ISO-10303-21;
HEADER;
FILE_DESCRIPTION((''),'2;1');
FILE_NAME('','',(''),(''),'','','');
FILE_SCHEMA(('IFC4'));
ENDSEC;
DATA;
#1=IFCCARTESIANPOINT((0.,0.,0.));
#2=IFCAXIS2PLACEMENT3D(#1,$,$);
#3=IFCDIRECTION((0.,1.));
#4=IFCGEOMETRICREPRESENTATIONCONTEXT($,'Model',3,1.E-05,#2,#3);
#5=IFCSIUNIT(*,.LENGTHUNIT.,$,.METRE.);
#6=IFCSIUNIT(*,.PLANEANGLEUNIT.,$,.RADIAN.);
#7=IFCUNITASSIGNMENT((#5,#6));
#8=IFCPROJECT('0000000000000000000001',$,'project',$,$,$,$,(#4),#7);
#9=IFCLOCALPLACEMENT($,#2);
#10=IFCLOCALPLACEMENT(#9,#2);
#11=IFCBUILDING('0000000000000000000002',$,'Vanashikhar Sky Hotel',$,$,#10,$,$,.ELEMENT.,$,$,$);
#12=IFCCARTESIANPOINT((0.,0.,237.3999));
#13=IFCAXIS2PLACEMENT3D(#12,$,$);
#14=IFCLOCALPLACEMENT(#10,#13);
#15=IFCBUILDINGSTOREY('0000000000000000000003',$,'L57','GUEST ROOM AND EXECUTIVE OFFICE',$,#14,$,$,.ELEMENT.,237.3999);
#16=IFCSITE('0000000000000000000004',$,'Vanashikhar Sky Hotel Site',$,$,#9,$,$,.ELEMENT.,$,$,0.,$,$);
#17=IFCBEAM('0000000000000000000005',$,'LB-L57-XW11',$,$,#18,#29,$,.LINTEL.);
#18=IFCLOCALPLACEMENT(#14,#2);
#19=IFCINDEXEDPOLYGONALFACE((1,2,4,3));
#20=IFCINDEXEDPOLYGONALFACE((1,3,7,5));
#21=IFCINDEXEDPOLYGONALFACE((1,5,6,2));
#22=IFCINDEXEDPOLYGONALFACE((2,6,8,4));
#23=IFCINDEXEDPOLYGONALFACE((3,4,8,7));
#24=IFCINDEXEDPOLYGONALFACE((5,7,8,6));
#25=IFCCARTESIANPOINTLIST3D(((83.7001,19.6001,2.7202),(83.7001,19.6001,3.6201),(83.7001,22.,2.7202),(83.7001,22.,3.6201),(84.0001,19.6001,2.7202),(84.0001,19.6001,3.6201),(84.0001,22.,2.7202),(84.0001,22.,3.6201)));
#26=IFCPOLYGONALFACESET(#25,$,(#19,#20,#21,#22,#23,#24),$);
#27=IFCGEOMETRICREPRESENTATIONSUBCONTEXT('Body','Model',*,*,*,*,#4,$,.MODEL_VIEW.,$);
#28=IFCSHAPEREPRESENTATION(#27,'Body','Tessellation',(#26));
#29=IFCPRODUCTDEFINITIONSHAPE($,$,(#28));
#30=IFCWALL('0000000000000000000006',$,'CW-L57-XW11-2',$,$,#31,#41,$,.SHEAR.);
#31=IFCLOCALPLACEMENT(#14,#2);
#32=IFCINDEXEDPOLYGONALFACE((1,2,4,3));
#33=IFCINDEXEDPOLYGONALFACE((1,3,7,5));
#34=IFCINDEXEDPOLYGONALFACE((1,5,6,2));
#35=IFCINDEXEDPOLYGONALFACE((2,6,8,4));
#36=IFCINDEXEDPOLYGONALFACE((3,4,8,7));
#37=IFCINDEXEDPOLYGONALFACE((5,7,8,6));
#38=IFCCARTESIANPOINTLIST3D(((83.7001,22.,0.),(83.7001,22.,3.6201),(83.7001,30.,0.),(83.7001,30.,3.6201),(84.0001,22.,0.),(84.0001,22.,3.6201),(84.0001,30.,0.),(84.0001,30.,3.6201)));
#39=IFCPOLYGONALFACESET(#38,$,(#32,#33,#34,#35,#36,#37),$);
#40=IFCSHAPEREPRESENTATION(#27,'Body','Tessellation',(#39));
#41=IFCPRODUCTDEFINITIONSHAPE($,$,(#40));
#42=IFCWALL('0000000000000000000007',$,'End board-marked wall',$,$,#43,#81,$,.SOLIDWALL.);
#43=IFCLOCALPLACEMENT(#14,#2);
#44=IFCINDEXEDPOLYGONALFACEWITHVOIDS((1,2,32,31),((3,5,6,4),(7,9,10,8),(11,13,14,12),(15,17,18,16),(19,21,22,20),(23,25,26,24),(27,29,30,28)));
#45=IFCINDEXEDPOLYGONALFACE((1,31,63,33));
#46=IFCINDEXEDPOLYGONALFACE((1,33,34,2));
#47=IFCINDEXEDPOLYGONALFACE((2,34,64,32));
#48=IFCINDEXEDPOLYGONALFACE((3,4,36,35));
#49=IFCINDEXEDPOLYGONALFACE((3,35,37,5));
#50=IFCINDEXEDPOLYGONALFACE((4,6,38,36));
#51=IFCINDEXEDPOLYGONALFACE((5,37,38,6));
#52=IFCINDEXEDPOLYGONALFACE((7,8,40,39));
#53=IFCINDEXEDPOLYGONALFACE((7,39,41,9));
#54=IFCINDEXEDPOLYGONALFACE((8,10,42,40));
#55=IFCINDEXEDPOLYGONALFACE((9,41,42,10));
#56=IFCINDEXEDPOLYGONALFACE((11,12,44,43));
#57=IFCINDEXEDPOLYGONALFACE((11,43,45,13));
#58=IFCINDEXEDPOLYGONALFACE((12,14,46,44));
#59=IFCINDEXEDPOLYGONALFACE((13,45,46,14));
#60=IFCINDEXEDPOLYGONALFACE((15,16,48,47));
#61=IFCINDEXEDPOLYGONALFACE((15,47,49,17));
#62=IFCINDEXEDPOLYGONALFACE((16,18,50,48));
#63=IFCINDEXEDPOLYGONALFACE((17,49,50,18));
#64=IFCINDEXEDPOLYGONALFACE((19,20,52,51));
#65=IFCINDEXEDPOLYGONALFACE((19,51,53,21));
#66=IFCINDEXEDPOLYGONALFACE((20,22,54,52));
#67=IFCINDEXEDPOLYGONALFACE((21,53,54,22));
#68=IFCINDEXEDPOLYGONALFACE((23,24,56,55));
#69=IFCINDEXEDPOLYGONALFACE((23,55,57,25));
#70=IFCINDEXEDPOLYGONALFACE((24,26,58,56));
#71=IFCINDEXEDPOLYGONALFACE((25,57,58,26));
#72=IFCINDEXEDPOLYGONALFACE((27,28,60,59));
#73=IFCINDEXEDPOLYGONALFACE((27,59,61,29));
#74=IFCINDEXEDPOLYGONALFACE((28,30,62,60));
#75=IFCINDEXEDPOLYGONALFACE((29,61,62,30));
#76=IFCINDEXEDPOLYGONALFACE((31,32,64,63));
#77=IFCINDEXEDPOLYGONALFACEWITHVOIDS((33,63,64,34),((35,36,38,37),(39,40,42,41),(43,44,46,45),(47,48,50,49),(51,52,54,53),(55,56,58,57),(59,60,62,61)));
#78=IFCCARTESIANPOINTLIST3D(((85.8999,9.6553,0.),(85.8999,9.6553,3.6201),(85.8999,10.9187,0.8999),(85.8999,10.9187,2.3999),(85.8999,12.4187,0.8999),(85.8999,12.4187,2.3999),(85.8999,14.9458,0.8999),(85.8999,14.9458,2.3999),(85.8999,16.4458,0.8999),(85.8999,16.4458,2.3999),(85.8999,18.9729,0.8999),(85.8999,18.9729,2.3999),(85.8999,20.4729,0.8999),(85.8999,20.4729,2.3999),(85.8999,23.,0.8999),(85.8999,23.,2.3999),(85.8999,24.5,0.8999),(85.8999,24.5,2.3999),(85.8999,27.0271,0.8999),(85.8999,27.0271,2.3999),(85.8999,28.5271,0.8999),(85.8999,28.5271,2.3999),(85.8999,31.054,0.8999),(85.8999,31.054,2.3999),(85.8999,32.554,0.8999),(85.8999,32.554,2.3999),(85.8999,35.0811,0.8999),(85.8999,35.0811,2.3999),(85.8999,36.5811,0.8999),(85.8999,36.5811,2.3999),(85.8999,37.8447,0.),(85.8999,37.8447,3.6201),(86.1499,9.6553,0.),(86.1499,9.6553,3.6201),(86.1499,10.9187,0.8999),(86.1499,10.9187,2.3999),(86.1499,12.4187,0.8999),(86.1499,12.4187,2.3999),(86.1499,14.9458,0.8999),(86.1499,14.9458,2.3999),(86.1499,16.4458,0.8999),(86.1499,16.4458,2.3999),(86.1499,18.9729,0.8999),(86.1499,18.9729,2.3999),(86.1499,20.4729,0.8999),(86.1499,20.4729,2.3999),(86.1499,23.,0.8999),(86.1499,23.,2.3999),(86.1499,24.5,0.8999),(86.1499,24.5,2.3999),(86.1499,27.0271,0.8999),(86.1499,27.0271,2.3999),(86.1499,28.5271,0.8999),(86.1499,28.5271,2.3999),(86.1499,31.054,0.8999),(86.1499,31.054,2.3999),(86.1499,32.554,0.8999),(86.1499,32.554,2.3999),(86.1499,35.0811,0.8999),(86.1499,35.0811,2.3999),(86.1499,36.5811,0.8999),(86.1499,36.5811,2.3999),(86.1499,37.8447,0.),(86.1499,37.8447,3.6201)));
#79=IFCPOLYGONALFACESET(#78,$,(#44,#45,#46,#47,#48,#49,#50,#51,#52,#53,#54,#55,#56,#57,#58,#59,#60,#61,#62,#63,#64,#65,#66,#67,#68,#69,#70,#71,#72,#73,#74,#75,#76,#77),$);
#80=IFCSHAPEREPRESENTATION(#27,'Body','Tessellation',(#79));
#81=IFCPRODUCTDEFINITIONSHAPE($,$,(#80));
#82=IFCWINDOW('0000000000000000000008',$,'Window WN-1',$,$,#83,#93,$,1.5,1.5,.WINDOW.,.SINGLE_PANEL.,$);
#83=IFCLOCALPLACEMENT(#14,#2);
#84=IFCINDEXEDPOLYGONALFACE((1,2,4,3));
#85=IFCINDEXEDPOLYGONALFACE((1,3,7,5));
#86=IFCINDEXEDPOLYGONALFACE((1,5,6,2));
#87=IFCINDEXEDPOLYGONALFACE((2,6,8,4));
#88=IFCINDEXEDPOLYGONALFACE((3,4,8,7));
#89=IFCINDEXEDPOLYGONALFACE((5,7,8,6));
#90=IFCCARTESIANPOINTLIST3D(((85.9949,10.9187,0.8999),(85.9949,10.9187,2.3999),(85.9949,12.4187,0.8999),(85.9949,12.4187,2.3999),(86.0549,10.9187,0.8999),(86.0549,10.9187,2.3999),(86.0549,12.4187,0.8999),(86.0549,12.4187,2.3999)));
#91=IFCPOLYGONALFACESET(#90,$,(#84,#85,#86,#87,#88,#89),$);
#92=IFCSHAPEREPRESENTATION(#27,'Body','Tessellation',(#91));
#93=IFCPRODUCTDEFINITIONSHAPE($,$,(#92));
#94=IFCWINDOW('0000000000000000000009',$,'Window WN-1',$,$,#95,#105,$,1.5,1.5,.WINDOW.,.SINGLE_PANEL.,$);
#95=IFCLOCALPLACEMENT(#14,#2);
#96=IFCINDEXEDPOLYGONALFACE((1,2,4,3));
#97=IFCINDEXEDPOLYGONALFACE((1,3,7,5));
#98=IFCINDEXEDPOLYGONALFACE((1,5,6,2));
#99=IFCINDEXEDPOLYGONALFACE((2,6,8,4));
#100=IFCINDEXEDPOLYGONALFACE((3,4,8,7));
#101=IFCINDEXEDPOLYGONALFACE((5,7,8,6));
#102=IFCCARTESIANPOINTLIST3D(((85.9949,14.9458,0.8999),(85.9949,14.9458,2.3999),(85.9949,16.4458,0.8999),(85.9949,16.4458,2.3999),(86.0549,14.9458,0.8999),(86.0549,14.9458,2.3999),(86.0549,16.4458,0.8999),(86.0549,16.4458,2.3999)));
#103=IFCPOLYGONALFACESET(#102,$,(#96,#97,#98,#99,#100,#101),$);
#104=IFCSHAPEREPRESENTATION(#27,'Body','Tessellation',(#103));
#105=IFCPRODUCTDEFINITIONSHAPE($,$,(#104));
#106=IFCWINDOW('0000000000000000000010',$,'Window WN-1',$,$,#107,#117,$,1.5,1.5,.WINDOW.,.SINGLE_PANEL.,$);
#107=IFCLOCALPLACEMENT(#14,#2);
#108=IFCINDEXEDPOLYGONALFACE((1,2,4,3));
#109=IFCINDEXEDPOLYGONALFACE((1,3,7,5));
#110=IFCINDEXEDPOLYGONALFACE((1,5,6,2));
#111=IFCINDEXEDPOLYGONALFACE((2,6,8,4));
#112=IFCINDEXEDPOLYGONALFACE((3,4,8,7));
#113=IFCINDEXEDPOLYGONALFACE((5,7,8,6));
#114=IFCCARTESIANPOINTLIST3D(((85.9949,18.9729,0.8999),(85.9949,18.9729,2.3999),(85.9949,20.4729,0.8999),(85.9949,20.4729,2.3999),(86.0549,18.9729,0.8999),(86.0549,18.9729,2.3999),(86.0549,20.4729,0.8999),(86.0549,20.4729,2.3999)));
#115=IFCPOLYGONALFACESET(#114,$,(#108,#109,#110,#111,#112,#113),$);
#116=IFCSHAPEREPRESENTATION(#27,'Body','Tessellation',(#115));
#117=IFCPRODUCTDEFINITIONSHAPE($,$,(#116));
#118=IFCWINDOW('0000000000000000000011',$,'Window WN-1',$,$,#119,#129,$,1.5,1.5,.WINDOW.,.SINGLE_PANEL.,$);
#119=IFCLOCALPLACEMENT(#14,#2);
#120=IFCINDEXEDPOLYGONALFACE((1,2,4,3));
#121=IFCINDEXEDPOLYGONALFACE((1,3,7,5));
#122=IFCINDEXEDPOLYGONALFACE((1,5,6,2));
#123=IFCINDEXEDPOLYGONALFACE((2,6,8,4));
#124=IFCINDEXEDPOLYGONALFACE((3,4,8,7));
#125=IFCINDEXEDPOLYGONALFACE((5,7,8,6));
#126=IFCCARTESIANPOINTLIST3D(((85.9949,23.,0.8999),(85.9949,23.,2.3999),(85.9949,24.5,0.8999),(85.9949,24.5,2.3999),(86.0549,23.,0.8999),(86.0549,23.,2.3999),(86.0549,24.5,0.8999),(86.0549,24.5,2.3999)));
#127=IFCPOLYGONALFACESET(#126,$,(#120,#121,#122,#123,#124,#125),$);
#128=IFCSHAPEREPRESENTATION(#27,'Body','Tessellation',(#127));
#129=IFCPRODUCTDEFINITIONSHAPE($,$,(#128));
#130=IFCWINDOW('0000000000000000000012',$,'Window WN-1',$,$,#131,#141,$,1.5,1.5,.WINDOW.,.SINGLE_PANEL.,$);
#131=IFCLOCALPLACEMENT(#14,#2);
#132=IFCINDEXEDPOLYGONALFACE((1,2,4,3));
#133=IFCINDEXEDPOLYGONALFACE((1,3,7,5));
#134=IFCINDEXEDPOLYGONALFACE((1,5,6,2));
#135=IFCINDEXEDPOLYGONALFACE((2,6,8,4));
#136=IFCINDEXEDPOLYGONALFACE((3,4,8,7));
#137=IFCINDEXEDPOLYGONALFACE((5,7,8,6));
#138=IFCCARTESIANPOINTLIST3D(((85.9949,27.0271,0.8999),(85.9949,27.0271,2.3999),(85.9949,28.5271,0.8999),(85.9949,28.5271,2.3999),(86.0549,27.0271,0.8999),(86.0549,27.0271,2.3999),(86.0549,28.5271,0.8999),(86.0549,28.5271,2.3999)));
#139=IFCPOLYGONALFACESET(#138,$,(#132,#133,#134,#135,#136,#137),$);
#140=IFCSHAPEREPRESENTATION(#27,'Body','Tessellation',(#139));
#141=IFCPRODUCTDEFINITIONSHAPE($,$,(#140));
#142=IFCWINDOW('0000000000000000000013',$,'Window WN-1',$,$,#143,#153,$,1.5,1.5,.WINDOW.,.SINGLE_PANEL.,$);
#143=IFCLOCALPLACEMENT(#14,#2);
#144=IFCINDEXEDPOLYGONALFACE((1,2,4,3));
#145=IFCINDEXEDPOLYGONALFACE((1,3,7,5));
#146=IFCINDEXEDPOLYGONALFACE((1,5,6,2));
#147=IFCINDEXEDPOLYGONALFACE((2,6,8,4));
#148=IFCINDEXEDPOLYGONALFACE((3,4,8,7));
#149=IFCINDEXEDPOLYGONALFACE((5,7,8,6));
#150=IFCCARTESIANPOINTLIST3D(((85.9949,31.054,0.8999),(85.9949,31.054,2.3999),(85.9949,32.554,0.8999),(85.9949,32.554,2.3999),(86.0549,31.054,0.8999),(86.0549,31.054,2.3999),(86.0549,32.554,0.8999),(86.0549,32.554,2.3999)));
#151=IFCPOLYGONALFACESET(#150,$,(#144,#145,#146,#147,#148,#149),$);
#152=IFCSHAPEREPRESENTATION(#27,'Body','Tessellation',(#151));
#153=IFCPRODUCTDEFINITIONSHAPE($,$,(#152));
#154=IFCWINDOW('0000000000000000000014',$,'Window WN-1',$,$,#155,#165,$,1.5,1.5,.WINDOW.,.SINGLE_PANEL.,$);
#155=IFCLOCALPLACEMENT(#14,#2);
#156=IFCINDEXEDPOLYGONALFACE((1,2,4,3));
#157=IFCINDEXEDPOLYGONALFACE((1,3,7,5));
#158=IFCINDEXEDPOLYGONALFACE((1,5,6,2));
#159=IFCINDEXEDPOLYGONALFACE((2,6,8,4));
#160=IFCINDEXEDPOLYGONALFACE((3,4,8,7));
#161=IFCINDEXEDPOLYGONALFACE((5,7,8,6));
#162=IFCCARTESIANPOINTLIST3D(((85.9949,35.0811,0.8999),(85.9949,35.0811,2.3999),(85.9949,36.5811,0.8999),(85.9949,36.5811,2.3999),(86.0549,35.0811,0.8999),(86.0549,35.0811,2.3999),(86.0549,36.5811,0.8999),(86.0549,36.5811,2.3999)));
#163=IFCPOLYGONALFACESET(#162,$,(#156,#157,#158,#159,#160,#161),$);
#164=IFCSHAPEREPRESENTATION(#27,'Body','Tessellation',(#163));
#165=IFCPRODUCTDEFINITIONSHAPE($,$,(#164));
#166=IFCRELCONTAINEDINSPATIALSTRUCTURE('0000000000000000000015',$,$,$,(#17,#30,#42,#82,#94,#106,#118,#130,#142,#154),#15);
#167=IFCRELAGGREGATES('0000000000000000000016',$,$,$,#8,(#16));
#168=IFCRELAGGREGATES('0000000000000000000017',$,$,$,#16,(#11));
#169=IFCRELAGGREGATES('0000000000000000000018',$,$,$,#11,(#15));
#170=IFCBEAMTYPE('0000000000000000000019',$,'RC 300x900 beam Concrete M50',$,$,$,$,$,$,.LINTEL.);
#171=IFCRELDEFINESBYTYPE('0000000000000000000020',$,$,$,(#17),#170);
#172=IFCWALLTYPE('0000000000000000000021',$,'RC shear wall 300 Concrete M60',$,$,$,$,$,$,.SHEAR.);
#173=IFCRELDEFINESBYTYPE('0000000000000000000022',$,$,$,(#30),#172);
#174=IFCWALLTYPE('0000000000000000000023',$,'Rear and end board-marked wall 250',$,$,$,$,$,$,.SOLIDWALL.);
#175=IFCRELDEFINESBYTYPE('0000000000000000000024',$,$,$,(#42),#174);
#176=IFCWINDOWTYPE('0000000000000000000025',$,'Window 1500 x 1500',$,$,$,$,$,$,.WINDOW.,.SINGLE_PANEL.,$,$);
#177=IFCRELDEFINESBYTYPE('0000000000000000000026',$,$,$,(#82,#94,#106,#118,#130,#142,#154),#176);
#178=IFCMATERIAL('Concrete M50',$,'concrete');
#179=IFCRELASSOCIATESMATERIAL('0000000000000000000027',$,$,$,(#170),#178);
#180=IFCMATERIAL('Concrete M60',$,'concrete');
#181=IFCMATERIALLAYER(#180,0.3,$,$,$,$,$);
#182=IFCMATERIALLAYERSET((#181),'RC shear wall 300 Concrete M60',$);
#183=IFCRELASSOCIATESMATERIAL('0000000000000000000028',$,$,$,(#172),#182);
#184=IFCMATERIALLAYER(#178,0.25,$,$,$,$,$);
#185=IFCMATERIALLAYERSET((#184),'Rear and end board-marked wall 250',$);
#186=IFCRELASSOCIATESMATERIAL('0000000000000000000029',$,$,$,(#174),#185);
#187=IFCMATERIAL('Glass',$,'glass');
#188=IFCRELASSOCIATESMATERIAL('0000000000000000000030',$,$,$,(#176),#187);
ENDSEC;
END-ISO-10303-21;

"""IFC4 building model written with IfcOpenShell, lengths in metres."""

from ifc_helpers import new_model, si_unit, direction, frame, frame_2d, origin, origin_2d, place, context, subcontext, project, spatial, rectangle, extrude, source, transform, mapped, material, layer, layer_set, material_profile, profile_set, type_object, element, fill, save


model = new_model("IFC4")

# Units and contexts
model_context = context("Model", 3, precision=1e-05, world=origin(), true_north=direction((0.0, 1.0)))
body_context = subcontext(model_context, "Body", "Model", "MODEL_VIEW")
ifc_project = project(units=[si_unit("LENGTHUNIT", "METRE"), si_unit("PLANEANGLEUNIT", "RADIAN")], contexts=[model_context])

# Site, building, storey
site_placement = place(None, origin())
site = spatial("IfcSite", under=ifc_project, at=site_placement, Name="Vanashikhar Sky Hotel Site", CompositionType="ELEMENT", RefElevation=0.0)
building_placement = place(site_placement, origin())
building = spatial("IfcBuilding", under=site, at=building_placement, Name="Vanashikhar Sky Hotel", CompositionType="ELEMENT")
storey_placement = place(building_placement, frame((0.0, 0.0, 237.3999)))
storey = spatial("IfcBuildingStorey", under=building, at=storey_placement, Name="L57", Description="GUEST ROOM AND EXECUTIVE OFFICE", CompositionType="ELEMENT", Elevation=237.3999)

# Beam
ifc_material_1 = material(Name="Concrete M50", Category="concrete")
ifc_material_profile = material_profile(ifc_material_1, rectangle(XDim=0.3, YDim=0.8999, at=origin_2d()))
ifc_profile_set = profile_set([ifc_material_profile], Name="RC 300x900 beam Concrete M50")
beam_type = type_object("IfcBeamType", Name="RC 300x900 beam Concrete M50", PredefinedType="LINTEL", material=ifc_profile_set)
shared_shape_1 = source(origin(), body_context, "Body", "SweptSolid", [
    extrude(rectangle(XDim=0.3, YDim=0.8999, at=origin_2d()), origin(), (0.0, 0.0, 1.0), 2.3999),
])
beam_placement = place(storey_placement, frame((83.8501, 19.6001, 3.1702), z_axis=(0.0, 1.0, 0.0), x_axis=(-1.0, 0.0, 0.0)))
element("IfcBeam", 1, at=beam_placement, inside=storey, type_object=beam_type, Name="LB-L57-XW11", PredefinedType="LINTEL", context=body_context, shape_type="MappedRepresentation", body=[
    mapped(shared_shape_1, transform((0.0, 0.0, 0.0), scale=1.0)),
])

# Wall
ifc_material_2 = material(Name="Concrete M60", Category="concrete")
ifc_layer_1 = layer(ifc_material_2, 0.3)
ifc_layer_set_1 = layer_set([ifc_layer_1], Name="RC shear wall 300 Concrete M60")
wall_type_1 = type_object("IfcWallType", Name="RC shear wall 300 Concrete M60", PredefinedType="SHEAR", material=ifc_layer_set_1)
shared_shape_2 = source(origin(), body_context, "Body", "SweptSolid", [
    extrude(rectangle(XDim=8.0, YDim=0.3, at=frame_2d((4.0, 0.0))), origin(), (0.0, 0.0, 1.0), 3.6201),
])
wall_1_placement = place(storey_placement, frame((83.8501, 22.0, 0.0), z_axis=(0.0, 0.0, 1.0), x_axis=(0.0, 1.0, 0.0)))
element("IfcWall", 2, at=wall_1_placement, inside=storey, type_object=wall_type_1, Name="CW-L57-XW11-2", PredefinedType="SHEAR", context=body_context, shape_type="MappedRepresentation", body=[
    mapped(shared_shape_2, transform((0.0, 0.0, 0.0), scale=1.0)),
])

# Wall, openings, windows
ifc_layer_2 = layer(ifc_material_1, 0.25)
ifc_layer_set_2 = layer_set([ifc_layer_2], Name="Rear and end board-marked wall 250")
wall_type_2 = type_object("IfcWallType", Name="Rear and end board-marked wall 250", PredefinedType="SOLIDWALL", material=ifc_layer_set_2)
shared_shape_3 = source(origin(), body_context, "Body", "SweptSolid", [
    extrude(rectangle(XDim=28.1895, YDim=0.25, at=frame_2d((14.0947, 0.0))), origin(), (0.0, 0.0, 1.0), 3.6201),
])
wall_2_placement = place(storey_placement, frame((86.0249, 9.6553, 0.0), z_axis=(0.0, 0.0, 1.0), x_axis=(0.0, 1.0, 0.0)))
wall_2 = element("IfcWall", 3, at=wall_2_placement, inside=storey, type_object=wall_type_2, Name="End board-marked wall", PredefinedType="SOLIDWALL", context=body_context, shape_type="MappedRepresentation", body=[
    mapped(shared_shape_3, transform((0.0, 0.0, 0.0), scale=1.0)),
])
shared_shape_4 = source(origin(), body_context, "Body", "SweptSolid", [
    extrude(rectangle(XDim=1.5, YDim=1.5, at=frame_2d((0.75, 0.75))), frame((0.0, 0.135, 0.0), z_axis=(0.0, -1.0, 0.0), x_axis=(1.0, 0.0, 0.0)), (0.0, 0.0, 1.0), 0.27),
])
opening_1_placement = place(wall_2_placement, frame((1.2634, 0.0, 0.8999)))
opening_1 = element("IfcOpeningElement", 4, at=opening_1_placement, cuts=wall_2, PredefinedType="OPENING", context=body_context, shape_type="MappedRepresentation", body=[
    mapped(shared_shape_4, transform((0.0, 0.0, 0.0), scale=1.0)),
])
opening_2_placement = place(wall_2_placement, frame((5.2905, 0.0, 0.8999)))
opening_2 = element("IfcOpeningElement", 5, at=opening_2_placement, cuts=wall_2, PredefinedType="OPENING", context=body_context, shape_type="MappedRepresentation", body=[
    mapped(shared_shape_4, transform((0.0, 0.0, 0.0), scale=1.0)),
])
opening_3_placement = place(wall_2_placement, frame((9.3176, 0.0, 0.8999)))
opening_3 = element("IfcOpeningElement", 6, at=opening_3_placement, cuts=wall_2, PredefinedType="OPENING", context=body_context, shape_type="MappedRepresentation", body=[
    mapped(shared_shape_4, transform((0.0, 0.0, 0.0), scale=1.0)),
])
opening_4_placement = place(wall_2_placement, frame((13.3447, 0.0, 0.8999)))
opening_4 = element("IfcOpeningElement", 7, at=opening_4_placement, cuts=wall_2, PredefinedType="OPENING", context=body_context, shape_type="MappedRepresentation", body=[
    mapped(shared_shape_4, transform((0.0, 0.0, 0.0), scale=1.0)),
])
opening_5_placement = place(wall_2_placement, frame((17.3718, 0.0, 0.8999)))
opening_5 = element("IfcOpeningElement", 8, at=opening_5_placement, cuts=wall_2, PredefinedType="OPENING", context=body_context, shape_type="MappedRepresentation", body=[
    mapped(shared_shape_4, transform((0.0, 0.0, 0.0), scale=1.0)),
])
opening_6_placement = place(wall_2_placement, frame((21.3987, 0.0, 0.8999)))
opening_6 = element("IfcOpeningElement", 9, at=opening_6_placement, cuts=wall_2, PredefinedType="OPENING", context=body_context, shape_type="MappedRepresentation", body=[
    mapped(shared_shape_4, transform((0.0, 0.0, 0.0), scale=1.0)),
])
opening_7_placement = place(wall_2_placement, frame((25.4258, 0.0, 0.8999)))
opening_7 = element("IfcOpeningElement", 10, at=opening_7_placement, cuts=wall_2, PredefinedType="OPENING", context=body_context, shape_type="MappedRepresentation", body=[
    mapped(shared_shape_4, transform((0.0, 0.0, 0.0), scale=1.0)),
])
ifc_material_3 = material(Name="Glass", Category="glass")
window_type = type_object("IfcWindowType", Name="Window 1500 x 1500", PartitioningType="SINGLE_PANEL", PredefinedType="WINDOW", material=ifc_material_3)
shared_shape_5 = source(origin(), body_context, "Body", "SweptSolid", [
    extrude(rectangle(XDim=1.5, YDim=1.5, at=frame_2d((0.75, 0.75))), frame((0.0, 0.03, 0.0), z_axis=(0.0, -1.0, 0.0), x_axis=(1.0, 0.0, 0.0)), (0.0, 0.0, 1.0), 0.0601),
])
window_1_placement = place(opening_1_placement, origin())
window_1 = element("IfcWindow", 11, at=window_1_placement, inside=storey, type_object=window_type, Name="Window WN-1", OverallHeight=1.5, OverallWidth=1.5, PartitioningType="SINGLE_PANEL", PredefinedType="WINDOW", context=body_context, shape_type="MappedRepresentation", body=[
    mapped(shared_shape_5, transform((0.0, 0.0, 0.0), scale=1.0)),
])
fill(opening_1, window_1)
window_2_placement = place(opening_2_placement, origin())
window_2 = element("IfcWindow", 12, at=window_2_placement, inside=storey, type_object=window_type, Name="Window WN-1", OverallHeight=1.5, OverallWidth=1.5, PartitioningType="SINGLE_PANEL", PredefinedType="WINDOW", context=body_context, shape_type="MappedRepresentation", body=[
    mapped(shared_shape_5, transform((0.0, 0.0, 0.0), scale=1.0)),
])
fill(opening_2, window_2)
window_3_placement = place(opening_3_placement, origin())
window_3 = element("IfcWindow", 13, at=window_3_placement, inside=storey, type_object=window_type, Name="Window WN-1", OverallHeight=1.5, OverallWidth=1.5, PartitioningType="SINGLE_PANEL", PredefinedType="WINDOW", context=body_context, shape_type="MappedRepresentation", body=[
    mapped(shared_shape_5, transform((0.0, 0.0, 0.0), scale=1.0)),
])
fill(opening_3, window_3)
window_4_placement = place(opening_4_placement, origin())
window_4 = element("IfcWindow", 14, at=window_4_placement, inside=storey, type_object=window_type, Name="Window WN-1", OverallHeight=1.5, OverallWidth=1.5, PartitioningType="SINGLE_PANEL", PredefinedType="WINDOW", context=body_context, shape_type="MappedRepresentation", body=[
    mapped(shared_shape_5, transform((0.0, 0.0, 0.0), scale=1.0)),
])
fill(opening_4, window_4)
window_5_placement = place(opening_5_placement, origin())
window_5 = element("IfcWindow", 15, at=window_5_placement, inside=storey, type_object=window_type, Name="Window WN-1", OverallHeight=1.5, OverallWidth=1.5, PartitioningType="SINGLE_PANEL", PredefinedType="WINDOW", context=body_context, shape_type="MappedRepresentation", body=[
    mapped(shared_shape_5, transform((0.0, 0.0, 0.0), scale=1.0)),
])
fill(opening_5, window_5)
window_6_placement = place(opening_6_placement, origin())
window_6 = element("IfcWindow", 16, at=window_6_placement, inside=storey, type_object=window_type, Name="Window WN-1", OverallHeight=1.5, OverallWidth=1.5, PartitioningType="SINGLE_PANEL", PredefinedType="WINDOW", context=body_context, shape_type="MappedRepresentation", body=[
    mapped(shared_shape_5, transform((0.0, 0.0, 0.0), scale=1.0)),
])
fill(opening_6, window_6)
window_7_placement = place(opening_7_placement, origin())
window_7 = element("IfcWindow", 17, at=window_7_placement, inside=storey, type_object=window_type, Name="Window WN-1", OverallHeight=1.5, OverallWidth=1.5, PartitioningType="SINGLE_PANEL", PredefinedType="WINDOW", context=body_context, shape_type="MappedRepresentation", body=[
    mapped(shared_shape_5, transform((0.0, 0.0, 0.0), scale=1.0)),
])
fill(opening_7, window_7)

save(model, "model.ifc")
